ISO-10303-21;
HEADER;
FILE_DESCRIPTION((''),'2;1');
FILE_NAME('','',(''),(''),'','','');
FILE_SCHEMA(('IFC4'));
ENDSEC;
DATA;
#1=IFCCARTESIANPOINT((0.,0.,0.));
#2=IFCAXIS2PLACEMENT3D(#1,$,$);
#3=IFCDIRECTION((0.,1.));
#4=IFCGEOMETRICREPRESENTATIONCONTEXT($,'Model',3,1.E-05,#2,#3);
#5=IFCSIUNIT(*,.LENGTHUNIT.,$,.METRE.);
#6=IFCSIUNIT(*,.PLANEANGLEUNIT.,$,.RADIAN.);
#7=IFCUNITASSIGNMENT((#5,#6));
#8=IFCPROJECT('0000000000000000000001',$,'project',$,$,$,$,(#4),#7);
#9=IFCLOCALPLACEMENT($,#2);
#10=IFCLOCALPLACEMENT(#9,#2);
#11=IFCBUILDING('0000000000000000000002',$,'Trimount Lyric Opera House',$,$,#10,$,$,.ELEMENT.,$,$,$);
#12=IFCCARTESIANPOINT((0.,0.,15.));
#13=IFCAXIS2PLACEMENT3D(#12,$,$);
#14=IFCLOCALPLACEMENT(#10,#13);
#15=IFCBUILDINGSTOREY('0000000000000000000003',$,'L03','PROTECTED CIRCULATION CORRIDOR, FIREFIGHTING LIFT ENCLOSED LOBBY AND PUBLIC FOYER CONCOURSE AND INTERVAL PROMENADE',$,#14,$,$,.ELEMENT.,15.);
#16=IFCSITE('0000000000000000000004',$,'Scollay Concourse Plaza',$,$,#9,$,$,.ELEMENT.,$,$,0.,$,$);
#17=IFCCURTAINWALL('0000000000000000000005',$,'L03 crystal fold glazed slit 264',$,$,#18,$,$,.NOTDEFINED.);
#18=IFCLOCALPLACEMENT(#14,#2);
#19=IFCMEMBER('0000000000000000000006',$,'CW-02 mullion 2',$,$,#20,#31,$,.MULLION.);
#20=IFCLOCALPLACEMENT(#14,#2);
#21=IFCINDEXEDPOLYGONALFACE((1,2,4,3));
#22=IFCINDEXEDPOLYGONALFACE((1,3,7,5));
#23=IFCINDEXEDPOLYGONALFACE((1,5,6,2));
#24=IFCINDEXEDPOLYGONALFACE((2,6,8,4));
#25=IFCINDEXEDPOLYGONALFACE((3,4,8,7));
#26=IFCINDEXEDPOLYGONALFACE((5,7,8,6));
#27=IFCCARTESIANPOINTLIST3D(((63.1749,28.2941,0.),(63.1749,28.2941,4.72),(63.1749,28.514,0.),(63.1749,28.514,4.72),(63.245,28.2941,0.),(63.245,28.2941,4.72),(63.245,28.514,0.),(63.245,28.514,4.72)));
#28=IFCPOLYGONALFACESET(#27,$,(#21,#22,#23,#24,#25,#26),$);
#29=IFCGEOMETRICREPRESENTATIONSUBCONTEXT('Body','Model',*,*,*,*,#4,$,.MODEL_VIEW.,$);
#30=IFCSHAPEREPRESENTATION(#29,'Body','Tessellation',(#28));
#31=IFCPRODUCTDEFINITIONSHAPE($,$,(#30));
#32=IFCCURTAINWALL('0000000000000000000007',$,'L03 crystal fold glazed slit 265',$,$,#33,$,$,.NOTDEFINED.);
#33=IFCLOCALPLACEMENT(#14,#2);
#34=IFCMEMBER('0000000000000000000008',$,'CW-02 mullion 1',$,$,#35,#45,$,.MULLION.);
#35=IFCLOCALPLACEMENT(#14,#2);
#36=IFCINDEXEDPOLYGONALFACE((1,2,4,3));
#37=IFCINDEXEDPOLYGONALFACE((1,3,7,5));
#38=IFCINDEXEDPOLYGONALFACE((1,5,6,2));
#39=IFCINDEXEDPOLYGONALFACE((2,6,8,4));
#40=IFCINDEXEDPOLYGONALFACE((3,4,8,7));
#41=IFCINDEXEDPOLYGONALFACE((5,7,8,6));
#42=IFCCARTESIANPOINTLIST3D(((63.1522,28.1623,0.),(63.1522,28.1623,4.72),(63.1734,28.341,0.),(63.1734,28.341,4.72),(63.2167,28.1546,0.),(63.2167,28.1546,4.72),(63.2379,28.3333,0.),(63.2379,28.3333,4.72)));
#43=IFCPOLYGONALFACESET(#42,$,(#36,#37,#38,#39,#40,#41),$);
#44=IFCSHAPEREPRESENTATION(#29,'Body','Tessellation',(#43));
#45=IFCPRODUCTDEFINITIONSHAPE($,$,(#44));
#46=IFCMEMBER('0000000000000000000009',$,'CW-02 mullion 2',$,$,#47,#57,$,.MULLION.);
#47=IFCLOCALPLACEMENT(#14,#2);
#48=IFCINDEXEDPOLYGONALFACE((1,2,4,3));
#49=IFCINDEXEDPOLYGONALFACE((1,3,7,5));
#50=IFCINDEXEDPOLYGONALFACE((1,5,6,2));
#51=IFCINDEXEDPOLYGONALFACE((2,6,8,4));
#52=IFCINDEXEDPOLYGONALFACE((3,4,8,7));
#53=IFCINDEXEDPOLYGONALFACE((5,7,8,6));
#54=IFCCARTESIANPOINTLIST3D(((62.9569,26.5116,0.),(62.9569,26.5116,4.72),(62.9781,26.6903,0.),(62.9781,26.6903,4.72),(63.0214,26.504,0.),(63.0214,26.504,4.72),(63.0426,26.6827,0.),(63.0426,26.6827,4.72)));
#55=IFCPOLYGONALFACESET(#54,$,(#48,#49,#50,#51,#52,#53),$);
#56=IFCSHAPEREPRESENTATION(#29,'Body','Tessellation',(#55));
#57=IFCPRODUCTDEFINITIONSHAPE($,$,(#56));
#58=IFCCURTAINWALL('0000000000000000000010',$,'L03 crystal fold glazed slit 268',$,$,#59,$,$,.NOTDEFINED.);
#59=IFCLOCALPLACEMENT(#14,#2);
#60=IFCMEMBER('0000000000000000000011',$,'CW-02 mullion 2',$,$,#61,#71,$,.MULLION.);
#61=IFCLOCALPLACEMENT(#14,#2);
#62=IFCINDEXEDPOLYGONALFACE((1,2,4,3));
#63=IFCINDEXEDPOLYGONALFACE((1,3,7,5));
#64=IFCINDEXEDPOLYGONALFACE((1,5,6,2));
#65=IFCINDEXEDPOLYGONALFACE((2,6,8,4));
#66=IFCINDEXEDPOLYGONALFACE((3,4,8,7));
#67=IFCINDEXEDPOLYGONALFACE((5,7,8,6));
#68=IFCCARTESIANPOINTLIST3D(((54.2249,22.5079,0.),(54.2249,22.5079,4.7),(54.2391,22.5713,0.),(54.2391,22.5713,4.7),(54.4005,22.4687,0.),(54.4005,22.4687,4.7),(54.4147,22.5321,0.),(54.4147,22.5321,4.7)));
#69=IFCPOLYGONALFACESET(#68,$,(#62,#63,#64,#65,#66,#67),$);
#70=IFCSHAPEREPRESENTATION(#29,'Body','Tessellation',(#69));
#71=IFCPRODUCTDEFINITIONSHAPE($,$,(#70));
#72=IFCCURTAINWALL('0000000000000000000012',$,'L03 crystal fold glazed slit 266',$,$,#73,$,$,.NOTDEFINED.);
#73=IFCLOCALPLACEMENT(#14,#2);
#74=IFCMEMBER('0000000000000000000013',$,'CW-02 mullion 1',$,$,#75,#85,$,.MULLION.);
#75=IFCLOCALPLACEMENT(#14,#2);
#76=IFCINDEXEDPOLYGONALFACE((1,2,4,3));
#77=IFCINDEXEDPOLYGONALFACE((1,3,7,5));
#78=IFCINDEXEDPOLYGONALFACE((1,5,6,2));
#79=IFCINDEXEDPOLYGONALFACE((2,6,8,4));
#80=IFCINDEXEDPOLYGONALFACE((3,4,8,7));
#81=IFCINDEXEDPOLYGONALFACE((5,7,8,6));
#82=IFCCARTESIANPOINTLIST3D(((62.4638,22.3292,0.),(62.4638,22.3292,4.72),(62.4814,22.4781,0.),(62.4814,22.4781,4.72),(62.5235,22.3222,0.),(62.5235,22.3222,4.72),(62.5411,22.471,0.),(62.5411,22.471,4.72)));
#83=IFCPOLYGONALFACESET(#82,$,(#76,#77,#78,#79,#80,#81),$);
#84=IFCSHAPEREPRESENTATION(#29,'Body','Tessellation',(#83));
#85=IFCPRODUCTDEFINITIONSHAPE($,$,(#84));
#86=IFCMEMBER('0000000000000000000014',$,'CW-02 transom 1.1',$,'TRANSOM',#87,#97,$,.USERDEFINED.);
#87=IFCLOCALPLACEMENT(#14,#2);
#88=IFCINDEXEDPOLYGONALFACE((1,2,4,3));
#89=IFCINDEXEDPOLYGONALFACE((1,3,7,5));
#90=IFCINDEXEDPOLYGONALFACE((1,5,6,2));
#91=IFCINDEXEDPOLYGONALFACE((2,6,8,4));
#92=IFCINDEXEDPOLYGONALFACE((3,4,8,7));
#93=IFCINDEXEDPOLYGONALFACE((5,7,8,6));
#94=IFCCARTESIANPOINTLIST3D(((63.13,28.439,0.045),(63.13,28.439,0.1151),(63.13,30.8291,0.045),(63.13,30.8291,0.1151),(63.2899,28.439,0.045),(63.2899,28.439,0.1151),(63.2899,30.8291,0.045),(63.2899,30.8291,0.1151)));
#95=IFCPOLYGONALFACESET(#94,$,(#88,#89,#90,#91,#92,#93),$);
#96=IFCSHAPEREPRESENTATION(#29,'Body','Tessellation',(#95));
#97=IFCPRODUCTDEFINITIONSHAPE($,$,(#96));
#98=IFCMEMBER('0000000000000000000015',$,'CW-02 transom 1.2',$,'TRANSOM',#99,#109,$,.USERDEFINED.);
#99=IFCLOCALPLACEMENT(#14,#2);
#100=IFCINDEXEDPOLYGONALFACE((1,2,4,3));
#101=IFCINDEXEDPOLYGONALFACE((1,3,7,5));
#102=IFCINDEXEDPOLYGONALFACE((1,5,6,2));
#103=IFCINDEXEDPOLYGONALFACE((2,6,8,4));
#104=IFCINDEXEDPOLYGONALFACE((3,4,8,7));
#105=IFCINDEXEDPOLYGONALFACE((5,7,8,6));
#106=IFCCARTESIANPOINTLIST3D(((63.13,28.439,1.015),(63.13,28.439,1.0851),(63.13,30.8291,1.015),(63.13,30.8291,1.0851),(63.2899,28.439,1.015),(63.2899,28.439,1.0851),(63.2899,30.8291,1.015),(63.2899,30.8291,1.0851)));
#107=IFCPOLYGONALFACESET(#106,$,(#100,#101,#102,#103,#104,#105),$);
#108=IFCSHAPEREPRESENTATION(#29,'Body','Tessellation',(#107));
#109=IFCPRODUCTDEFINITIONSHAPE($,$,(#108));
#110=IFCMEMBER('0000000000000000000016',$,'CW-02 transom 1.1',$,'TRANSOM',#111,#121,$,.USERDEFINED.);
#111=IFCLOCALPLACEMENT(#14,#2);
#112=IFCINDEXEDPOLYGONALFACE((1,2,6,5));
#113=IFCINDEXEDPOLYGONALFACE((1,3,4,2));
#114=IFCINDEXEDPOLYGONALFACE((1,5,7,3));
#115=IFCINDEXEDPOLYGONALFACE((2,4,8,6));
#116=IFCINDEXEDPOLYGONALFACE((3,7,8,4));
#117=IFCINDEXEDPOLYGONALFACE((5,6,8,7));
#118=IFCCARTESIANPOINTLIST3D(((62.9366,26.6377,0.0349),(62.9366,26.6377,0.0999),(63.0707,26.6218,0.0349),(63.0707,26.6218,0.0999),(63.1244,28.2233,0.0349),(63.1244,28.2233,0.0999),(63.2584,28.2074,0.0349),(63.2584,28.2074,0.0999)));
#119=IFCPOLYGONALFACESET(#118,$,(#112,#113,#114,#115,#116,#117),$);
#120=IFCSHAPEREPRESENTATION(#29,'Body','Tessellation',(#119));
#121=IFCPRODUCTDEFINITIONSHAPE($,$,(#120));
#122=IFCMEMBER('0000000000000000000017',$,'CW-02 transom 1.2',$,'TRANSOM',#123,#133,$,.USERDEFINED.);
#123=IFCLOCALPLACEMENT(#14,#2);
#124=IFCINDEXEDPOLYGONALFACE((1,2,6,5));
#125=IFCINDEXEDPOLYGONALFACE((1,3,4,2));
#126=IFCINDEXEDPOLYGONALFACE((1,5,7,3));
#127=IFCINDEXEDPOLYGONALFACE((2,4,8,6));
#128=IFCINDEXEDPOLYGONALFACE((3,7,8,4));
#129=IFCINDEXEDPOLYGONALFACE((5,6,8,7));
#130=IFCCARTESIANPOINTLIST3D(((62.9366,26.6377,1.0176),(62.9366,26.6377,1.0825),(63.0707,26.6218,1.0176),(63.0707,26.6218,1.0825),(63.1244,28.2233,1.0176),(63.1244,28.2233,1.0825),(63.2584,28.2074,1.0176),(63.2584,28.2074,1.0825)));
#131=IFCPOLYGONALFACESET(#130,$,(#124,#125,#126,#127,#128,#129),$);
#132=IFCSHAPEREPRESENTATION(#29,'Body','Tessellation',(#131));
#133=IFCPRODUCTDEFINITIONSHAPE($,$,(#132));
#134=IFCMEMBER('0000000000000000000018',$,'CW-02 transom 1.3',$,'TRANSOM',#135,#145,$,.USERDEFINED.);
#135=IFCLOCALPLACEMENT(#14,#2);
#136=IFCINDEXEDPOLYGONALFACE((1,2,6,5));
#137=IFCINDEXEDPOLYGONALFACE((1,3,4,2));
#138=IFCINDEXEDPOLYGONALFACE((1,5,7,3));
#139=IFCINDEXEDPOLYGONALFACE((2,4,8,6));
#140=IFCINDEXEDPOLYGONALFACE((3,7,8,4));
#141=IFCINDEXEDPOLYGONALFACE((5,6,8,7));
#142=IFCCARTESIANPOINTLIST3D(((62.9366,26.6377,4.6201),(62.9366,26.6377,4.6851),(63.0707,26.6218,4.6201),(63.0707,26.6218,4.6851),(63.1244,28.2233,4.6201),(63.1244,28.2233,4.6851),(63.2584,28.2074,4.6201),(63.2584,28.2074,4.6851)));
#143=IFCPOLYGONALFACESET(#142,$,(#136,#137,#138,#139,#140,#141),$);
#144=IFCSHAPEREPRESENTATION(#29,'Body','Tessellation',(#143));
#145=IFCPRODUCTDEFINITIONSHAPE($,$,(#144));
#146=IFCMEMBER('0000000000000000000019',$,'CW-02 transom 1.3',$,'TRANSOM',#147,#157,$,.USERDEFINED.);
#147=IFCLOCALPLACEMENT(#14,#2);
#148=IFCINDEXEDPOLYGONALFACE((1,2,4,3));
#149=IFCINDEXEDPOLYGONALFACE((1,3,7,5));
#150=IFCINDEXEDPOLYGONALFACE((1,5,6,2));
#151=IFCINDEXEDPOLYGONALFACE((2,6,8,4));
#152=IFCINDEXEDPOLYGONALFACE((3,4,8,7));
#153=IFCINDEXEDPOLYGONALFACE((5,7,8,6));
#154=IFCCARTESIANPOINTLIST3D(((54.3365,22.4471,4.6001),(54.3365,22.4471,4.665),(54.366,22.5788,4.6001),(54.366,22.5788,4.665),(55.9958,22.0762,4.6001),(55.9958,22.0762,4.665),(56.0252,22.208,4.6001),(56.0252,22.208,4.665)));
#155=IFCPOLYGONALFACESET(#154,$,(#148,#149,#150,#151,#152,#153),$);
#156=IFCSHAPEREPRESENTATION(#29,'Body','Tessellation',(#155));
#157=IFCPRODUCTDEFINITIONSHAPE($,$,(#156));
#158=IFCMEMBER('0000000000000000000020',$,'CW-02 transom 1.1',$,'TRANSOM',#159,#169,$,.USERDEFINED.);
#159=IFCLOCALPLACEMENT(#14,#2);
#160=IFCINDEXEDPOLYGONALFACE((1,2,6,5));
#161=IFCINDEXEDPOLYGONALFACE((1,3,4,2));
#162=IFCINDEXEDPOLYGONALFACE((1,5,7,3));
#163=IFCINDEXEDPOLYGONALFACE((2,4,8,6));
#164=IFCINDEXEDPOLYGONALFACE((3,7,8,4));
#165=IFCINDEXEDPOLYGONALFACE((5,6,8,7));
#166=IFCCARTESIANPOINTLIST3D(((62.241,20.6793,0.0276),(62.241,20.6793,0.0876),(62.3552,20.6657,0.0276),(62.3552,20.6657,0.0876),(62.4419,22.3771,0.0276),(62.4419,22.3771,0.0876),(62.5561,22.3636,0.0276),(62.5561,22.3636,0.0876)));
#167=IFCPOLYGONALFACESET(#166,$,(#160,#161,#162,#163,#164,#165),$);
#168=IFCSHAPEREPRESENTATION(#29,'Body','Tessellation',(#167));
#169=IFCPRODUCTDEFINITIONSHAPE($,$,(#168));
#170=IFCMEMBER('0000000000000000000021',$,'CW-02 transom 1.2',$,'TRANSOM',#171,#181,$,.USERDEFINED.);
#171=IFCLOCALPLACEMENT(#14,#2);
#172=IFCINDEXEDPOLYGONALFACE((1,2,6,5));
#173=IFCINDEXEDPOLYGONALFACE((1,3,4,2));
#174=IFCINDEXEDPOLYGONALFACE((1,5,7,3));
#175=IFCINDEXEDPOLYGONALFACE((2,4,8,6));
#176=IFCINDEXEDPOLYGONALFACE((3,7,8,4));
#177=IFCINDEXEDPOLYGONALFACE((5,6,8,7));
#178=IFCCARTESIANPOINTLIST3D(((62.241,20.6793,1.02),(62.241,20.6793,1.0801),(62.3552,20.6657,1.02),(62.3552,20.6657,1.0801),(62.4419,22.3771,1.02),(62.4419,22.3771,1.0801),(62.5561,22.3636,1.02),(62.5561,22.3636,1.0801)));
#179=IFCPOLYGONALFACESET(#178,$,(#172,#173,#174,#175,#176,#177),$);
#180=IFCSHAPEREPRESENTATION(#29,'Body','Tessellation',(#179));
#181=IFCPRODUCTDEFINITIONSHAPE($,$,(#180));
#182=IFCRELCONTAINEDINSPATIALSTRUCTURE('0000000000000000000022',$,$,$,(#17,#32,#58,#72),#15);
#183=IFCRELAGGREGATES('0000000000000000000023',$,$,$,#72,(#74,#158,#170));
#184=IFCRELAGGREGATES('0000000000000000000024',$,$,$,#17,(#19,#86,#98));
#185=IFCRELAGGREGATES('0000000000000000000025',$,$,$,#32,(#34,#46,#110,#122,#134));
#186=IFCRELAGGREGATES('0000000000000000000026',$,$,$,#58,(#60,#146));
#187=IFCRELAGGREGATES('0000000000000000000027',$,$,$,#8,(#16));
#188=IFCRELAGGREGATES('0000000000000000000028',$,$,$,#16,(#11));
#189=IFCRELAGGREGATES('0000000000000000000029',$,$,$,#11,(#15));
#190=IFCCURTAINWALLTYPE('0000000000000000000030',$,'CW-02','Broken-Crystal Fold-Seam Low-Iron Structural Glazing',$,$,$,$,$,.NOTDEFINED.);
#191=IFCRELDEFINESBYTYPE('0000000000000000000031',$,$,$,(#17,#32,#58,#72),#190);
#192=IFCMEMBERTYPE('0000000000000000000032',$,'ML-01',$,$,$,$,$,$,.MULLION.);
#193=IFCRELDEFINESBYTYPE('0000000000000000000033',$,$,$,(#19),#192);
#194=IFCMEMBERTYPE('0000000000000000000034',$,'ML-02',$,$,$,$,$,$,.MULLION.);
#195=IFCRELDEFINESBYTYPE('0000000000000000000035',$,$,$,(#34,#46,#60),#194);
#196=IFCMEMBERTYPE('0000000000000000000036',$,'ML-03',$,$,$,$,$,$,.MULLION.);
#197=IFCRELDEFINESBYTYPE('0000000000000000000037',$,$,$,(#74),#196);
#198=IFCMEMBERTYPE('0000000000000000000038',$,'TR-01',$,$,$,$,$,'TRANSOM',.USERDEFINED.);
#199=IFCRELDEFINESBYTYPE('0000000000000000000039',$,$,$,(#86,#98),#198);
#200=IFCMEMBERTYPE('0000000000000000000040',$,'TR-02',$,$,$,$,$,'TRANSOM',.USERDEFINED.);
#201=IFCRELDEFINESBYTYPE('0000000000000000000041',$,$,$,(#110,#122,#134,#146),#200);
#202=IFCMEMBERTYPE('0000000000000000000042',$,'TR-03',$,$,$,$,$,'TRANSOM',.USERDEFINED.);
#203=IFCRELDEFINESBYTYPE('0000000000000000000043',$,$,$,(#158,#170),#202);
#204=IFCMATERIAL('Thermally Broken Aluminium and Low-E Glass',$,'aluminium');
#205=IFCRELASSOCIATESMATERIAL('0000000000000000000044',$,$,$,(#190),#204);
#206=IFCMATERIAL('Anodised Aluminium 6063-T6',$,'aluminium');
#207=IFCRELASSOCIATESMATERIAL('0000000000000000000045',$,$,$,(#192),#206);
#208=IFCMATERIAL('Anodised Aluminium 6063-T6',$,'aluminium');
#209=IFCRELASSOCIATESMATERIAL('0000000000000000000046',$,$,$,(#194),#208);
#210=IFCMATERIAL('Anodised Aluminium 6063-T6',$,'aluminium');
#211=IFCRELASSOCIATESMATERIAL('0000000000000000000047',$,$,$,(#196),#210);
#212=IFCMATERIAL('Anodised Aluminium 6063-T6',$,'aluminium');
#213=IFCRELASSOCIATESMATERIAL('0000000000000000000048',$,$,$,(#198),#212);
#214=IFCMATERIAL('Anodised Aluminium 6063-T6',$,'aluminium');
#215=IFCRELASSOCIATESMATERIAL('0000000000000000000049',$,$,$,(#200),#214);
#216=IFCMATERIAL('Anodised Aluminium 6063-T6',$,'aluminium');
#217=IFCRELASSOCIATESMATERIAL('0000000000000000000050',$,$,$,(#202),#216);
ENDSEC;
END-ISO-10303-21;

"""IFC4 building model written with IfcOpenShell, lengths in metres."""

from ifc_helpers import new_model, si_unit, direction, frame, origin, origin_2d, place, context, subcontext, project, spatial, rectangle, extrude, material, material_profile, profile_set, type_object, element, aggregate, save


model = new_model("IFC4")

# Units and contexts
model_context = context("Model", 3, precision=1e-05, world=origin(), true_north=direction((0.0, 1.0)))
body_context = subcontext(model_context, "Body", "Model", "MODEL_VIEW")
ifc_project = project(units=[si_unit("LENGTHUNIT", "METRE"), si_unit("PLANEANGLEUNIT", "RADIAN")], contexts=[model_context])

# Site, building, storey
site_placement = place(None, origin())
site = spatial("IfcSite", under=ifc_project, at=site_placement, Name="Scollay Concourse Plaza", CompositionType="ELEMENT", RefElevation=0.0)
building_placement = place(site_placement, origin())
building = spatial("IfcBuilding", under=site, at=building_placement, Name="Trimount Lyric Opera House", CompositionType="ELEMENT")
storey_placement = place(building_placement, frame((0.0, 0.0, 15.0)))
storey = spatial("IfcBuildingStorey", under=building, at=storey_placement, Name="L03", Description="PROTECTED CIRCULATION CORRIDOR, FIREFIGHTING LIFT ENCLOSED LOBBY AND PUBLIC FOYER CONCOURSE AND INTERVAL PROMENADE", CompositionType="ELEMENT", Elevation=15.0)

# Curtain wall, member
ifc_material_1 = material(Name="Thermally Broken Aluminium and Low-E Glass", Category="aluminium")
curtain_wall_type = type_object("IfcCurtainWallType", Name="CW-02", Description="Broken-Crystal Fold-Seam Low-Iron Structural Glazing", PredefinedType="NOTDEFINED", material=ifc_material_1)
curtain_wall_1_placement = place(storey_placement, origin())
curtain_wall_1 = element("IfcCurtainWall", 1, at=curtain_wall_1_placement, inside=storey, type_object=curtain_wall_type, Name="L03 crystal fold glazed slit 264", PredefinedType="NOTDEFINED")
ifc_material_2 = material(Name="Anodised Aluminium 6063-T6", Category="aluminium")
ifc_material_profile_1 = material_profile(ifc_material_2, rectangle(XDim=0.0701, YDim=0.22, at=origin_2d()), Name="ALU-MULL-70X220")
ifc_profile_set_1 = profile_set([ifc_material_profile_1], Name="Anodised Aluminium 6063-T6")
member_type_1 = type_object("IfcMemberType", Name="ML-01", PredefinedType="MULLION", material=ifc_profile_set_1)
member_1_placement = place(storey_placement, frame((63.21, 28.4041, 0.0), z_axis=(0.0, 0.0, 1.0), x_axis=(1.0, 0.0, 0.0)))
member_1 = element("IfcMember", 2, at=member_1_placement, type_object=member_type_1, Name="CW-02 mullion 2", PredefinedType="MULLION", context=body_context, shape_type="SweptSolid", body=[
    extrude(rectangle(XDim=0.0701, YDim=0.22, at=origin_2d()), origin(), (0.0, 0.0, 1.0), 4.72),
])

# Curtain wall, members
curtain_wall_2_placement = place(storey_placement, origin())
curtain_wall_2 = element("IfcCurtainWall", 3, at=curtain_wall_2_placement, inside=storey, type_object=curtain_wall_type, Name="L03 crystal fold glazed slit 265", PredefinedType="NOTDEFINED")
ifc_material_3 = material(Name="Anodised Aluminium 6063-T6", Category="aluminium")
ifc_material_profile_2 = material_profile(ifc_material_3, rectangle(XDim=0.0649, YDim=0.1799, at=origin_2d()), Name="ALU-MULL-65X180")
ifc_profile_set_2 = profile_set([ifc_material_profile_2], Name="Anodised Aluminium 6063-T6")
member_type_2 = type_object("IfcMemberType", Name="ML-02", PredefinedType="MULLION", material=ifc_profile_set_2)
member_2_placement = place(storey_placement, frame((63.1951, 28.2478, 0.0), z_axis=(0.0, 0.0, 1.0), x_axis=(0.993067, -0.117547, 0.0)))
member_2 = element("IfcMember", 4, at=member_2_placement, type_object=member_type_2, Name="CW-02 mullion 1", PredefinedType="MULLION", context=body_context, shape_type="SweptSolid", body=[
    extrude(rectangle(XDim=0.0649, YDim=0.1799, at=origin_2d()), origin(), (0.0, 0.0, 1.0), 4.72),
])
member_3_placement = place(storey_placement, frame((62.9998, 26.5972, 0.0), z_axis=(0.0, 0.0, 1.0), x_axis=(0.993067, -0.117547, 0.0)))
member_3 = element("IfcMember", 5, at=member_3_placement, type_object=member_type_2, Name="CW-02 mullion 2", PredefinedType="MULLION", context=body_context, shape_type="SweptSolid", body=[
    extrude(rectangle(XDim=0.0649, YDim=0.1799, at=origin_2d()), origin(), (0.0, 0.0, 1.0), 4.72),
])

# Curtain walls, members
curtain_wall_3_placement = place(storey_placement, origin())
curtain_wall_3 = element("IfcCurtainWall", 6, at=curtain_wall_3_placement, inside=storey, type_object=curtain_wall_type, Name="L03 crystal fold glazed slit 268", PredefinedType="NOTDEFINED")
member_4_placement = place(storey_placement, frame((54.3198, 22.52, 0.0), z_axis=(0.0, 0.0, 1.0), x_axis=(-0.21803, -0.975942, 0.0)))
member_4 = element("IfcMember", 7, at=member_4_placement, type_object=member_type_2, Name="CW-02 mullion 2", PredefinedType="MULLION", context=body_context, shape_type="SweptSolid", body=[
    extrude(rectangle(XDim=0.0649, YDim=0.1799, at=origin_2d()), origin(), (0.0, 0.0, 1.0), 4.7),
])
curtain_wall_4_placement = place(storey_placement, origin())
curtain_wall_4 = element("IfcCurtainWall", 8, at=curtain_wall_4_placement, inside=storey, type_object=curtain_wall_type, Name="L03 crystal fold glazed slit 266", PredefinedType="NOTDEFINED")
ifc_material_4 = material(Name="Anodised Aluminium 6063-T6", Category="aluminium")
ifc_material_profile_3 = material_profile(ifc_material_4, rectangle(XDim=0.0601, YDim=0.1499, at=origin_2d()), Name="ALU-MULL-60X150")
ifc_profile_set_3 = profile_set([ifc_material_profile_3], Name="Anodised Aluminium 6063-T6")
member_type_3 = type_object("IfcMemberType", Name="ML-03", PredefinedType="MULLION", material=ifc_profile_set_3)
member_5_placement = place(storey_placement, frame((62.5024, 22.4001, 0.0), z_axis=(0.0, 0.0, 1.0), x_axis=(0.993072, -0.117507, 0.0)))
member_5 = element("IfcMember", 9, at=member_5_placement, type_object=member_type_3, Name="CW-02 mullion 1", PredefinedType="MULLION", context=body_context, shape_type="SweptSolid", body=[
    extrude(rectangle(XDim=0.0601, YDim=0.1499, at=origin_2d()), origin(), (0.0, 0.0, 1.0), 4.72),
])

# Members
ifc_material_5 = material(Name="Anodised Aluminium 6063-T6", Category="aluminium")
ifc_material_profile_4 = material_profile(ifc_material_5, rectangle(XDim=0.1599, YDim=0.0701, at=origin_2d()), Name="ALU-TRAN-70X160")
ifc_profile_set_4 = profile_set([ifc_material_profile_4], Name="Anodised Aluminium 6063-T6")
member_type_4 = type_object("IfcMemberType", Name="TR-01", ElementType="TRANSOM", PredefinedType="USERDEFINED", material=ifc_profile_set_4)
member_6_placement = place(storey_placement, frame((63.21, 30.8291, 0.0801), z_axis=(0.0, -1.0, 0.0), x_axis=(1.0, 0.0, 0.0)))
member_6 = element("IfcMember", 10, at=member_6_placement, type_object=member_type_4, Name="CW-02 transom 1.1", ObjectType="TRANSOM", PredefinedType="USERDEFINED", context=body_context, shape_type="SweptSolid", body=[
    extrude(rectangle(XDim=0.1599, YDim=0.0701, at=origin_2d()), origin(), (0.0, 0.0, 1.0), 2.3901),
])
member_7_placement = place(storey_placement, frame((63.21, 30.8291, 1.05), z_axis=(0.0, -1.0, 0.0), x_axis=(1.0, 0.0, 0.0)))
member_7 = element("IfcMember", 11, at=member_7_placement, type_object=member_type_4, Name="CW-02 transom 1.2", ObjectType="TRANSOM", PredefinedType="USERDEFINED", context=body_context, shape_type="SweptSolid", body=[
    extrude(rectangle(XDim=0.1599, YDim=0.0701, at=origin_2d()), origin(), (0.0, 0.0, 1.0), 2.3901),
])
ifc_material_6 = material(Name="Anodised Aluminium 6063-T6", Category="aluminium")
ifc_material_profile_5 = material_profile(ifc_material_6, rectangle(XDim=0.135, YDim=0.0649, at=origin_2d()), Name="ALU-TRAN-65X135")
ifc_profile_set_5 = profile_set([ifc_material_profile_5], Name="Anodised Aluminium 6063-T6")
member_type_5 = type_object("IfcMemberType", Name="TR-02", ElementType="TRANSOM", PredefinedType="USERDEFINED", material=ifc_profile_set_5)
member_8_placement = place(storey_placement, frame((63.1914, 28.2153, 0.0674), z_axis=(-0.117578, -0.993064, 0.0), x_axis=(0.993064, -0.117578, 0.0)))
member_8 = element("IfcMember", 12, at=member_8_placement, type_object=member_type_5, Name="CW-02 transom 1.1", ObjectType="TRANSOM", PredefinedType="USERDEFINED", context=body_context, shape_type="SweptSolid", body=[
    extrude(rectangle(XDim=0.135, YDim=0.0649, at=origin_2d()), origin(), (0.0, 0.0, 1.0), 1.5967),
])
member_9_placement = place(storey_placement, frame((63.1914, 28.2153, 1.05), z_axis=(-0.117578, -0.993064, 0.0), x_axis=(0.993064, -0.117578, 0.0)))
member_9 = element("IfcMember", 13, at=member_9_placement, type_object=member_type_5, Name="CW-02 transom 1.2", ObjectType="TRANSOM", PredefinedType="USERDEFINED", context=body_context, shape_type="SweptSolid", body=[
    extrude(rectangle(XDim=0.135, YDim=0.0649, at=origin_2d()), origin(), (0.0, 0.0, 1.0), 1.5967),
])
member_10_placement = place(storey_placement, frame((63.1914, 28.2153, 4.6526), z_axis=(-0.117578, -0.993064, 0.0), x_axis=(0.993064, -0.117578, 0.0)))
member_10 = element("IfcMember", 14, at=member_10_placement, type_object=member_type_5, Name="CW-02 transom 1.3", ObjectType="TRANSOM", PredefinedType="USERDEFINED", context=body_context, shape_type="SweptSolid", body=[
    extrude(rectangle(XDim=0.135, YDim=0.0649, at=origin_2d()), origin(), (0.0, 0.0, 1.0), 1.5967),
])
member_11_placement = place(storey_placement, frame((56.0105, 22.1421, 4.6326), z_axis=(-0.975919, 0.218131, 0.0), x_axis=(-0.218131, -0.975919, 0.0)))
member_11 = element("IfcMember", 15, at=member_11_placement, type_object=member_type_5, Name="CW-02 transom 1.3", ObjectType="TRANSOM", PredefinedType="USERDEFINED", context=body_context, shape_type="SweptSolid", body=[
    extrude(rectangle(XDim=0.135, YDim=0.0649, at=origin_2d()), origin(), (0.0, 0.0, 1.0), 1.7002),
])
ifc_material_7 = material(Name="Anodised Aluminium 6063-T6", Category="aluminium")
ifc_material_profile_6 = material_profile(ifc_material_7, rectangle(XDim=0.115, YDim=0.0601, at=origin_2d()), Name="ALU-TRAN-60X115")
ifc_profile_set_6 = profile_set([ifc_material_profile_6], Name="Anodised Aluminium 6063-T6")
member_type_6 = type_object("IfcMemberType", Name="TR-03", ElementType="TRANSOM", PredefinedType="USERDEFINED", material=ifc_profile_set_6)
member_12_placement = place(storey_placement, frame((62.499, 22.3704, 0.0576), z_axis=(-0.117529, -0.993069, 0.0), x_axis=(0.993069, -0.117529, 0.0)))
member_12 = element("IfcMember", 16, at=member_12_placement, type_object=member_type_6, Name="CW-02 transom 1.1", ObjectType="TRANSOM", PredefinedType="USERDEFINED", context=body_context, shape_type="SweptSolid", body=[
    extrude(rectangle(XDim=0.115, YDim=0.0601, at=origin_2d()), origin(), (0.0, 0.0, 1.0), 1.7097),
])
member_13_placement = place(storey_placement, frame((62.499, 22.3704, 1.05), z_axis=(-0.117529, -0.993069, 0.0), x_axis=(0.993069, -0.117529, 0.0)))
member_13 = element("IfcMember", 17, at=member_13_placement, type_object=member_type_6, Name="CW-02 transom 1.2", ObjectType="TRANSOM", PredefinedType="USERDEFINED", context=body_context, shape_type="SweptSolid", body=[
    extrude(rectangle(XDim=0.115, YDim=0.0601, at=origin_2d()), origin(), (0.0, 0.0, 1.0), 1.7097),
])
aggregate(curtain_wall_4, [member_5, member_12, member_13])

aggregate(curtain_wall_1, [member_1, member_6, member_7])
aggregate(curtain_wall_2, [member_2, member_3, member_8, member_9, member_10])
aggregate(curtain_wall_3, [member_4, member_11])

save(model, "model.ifc")
